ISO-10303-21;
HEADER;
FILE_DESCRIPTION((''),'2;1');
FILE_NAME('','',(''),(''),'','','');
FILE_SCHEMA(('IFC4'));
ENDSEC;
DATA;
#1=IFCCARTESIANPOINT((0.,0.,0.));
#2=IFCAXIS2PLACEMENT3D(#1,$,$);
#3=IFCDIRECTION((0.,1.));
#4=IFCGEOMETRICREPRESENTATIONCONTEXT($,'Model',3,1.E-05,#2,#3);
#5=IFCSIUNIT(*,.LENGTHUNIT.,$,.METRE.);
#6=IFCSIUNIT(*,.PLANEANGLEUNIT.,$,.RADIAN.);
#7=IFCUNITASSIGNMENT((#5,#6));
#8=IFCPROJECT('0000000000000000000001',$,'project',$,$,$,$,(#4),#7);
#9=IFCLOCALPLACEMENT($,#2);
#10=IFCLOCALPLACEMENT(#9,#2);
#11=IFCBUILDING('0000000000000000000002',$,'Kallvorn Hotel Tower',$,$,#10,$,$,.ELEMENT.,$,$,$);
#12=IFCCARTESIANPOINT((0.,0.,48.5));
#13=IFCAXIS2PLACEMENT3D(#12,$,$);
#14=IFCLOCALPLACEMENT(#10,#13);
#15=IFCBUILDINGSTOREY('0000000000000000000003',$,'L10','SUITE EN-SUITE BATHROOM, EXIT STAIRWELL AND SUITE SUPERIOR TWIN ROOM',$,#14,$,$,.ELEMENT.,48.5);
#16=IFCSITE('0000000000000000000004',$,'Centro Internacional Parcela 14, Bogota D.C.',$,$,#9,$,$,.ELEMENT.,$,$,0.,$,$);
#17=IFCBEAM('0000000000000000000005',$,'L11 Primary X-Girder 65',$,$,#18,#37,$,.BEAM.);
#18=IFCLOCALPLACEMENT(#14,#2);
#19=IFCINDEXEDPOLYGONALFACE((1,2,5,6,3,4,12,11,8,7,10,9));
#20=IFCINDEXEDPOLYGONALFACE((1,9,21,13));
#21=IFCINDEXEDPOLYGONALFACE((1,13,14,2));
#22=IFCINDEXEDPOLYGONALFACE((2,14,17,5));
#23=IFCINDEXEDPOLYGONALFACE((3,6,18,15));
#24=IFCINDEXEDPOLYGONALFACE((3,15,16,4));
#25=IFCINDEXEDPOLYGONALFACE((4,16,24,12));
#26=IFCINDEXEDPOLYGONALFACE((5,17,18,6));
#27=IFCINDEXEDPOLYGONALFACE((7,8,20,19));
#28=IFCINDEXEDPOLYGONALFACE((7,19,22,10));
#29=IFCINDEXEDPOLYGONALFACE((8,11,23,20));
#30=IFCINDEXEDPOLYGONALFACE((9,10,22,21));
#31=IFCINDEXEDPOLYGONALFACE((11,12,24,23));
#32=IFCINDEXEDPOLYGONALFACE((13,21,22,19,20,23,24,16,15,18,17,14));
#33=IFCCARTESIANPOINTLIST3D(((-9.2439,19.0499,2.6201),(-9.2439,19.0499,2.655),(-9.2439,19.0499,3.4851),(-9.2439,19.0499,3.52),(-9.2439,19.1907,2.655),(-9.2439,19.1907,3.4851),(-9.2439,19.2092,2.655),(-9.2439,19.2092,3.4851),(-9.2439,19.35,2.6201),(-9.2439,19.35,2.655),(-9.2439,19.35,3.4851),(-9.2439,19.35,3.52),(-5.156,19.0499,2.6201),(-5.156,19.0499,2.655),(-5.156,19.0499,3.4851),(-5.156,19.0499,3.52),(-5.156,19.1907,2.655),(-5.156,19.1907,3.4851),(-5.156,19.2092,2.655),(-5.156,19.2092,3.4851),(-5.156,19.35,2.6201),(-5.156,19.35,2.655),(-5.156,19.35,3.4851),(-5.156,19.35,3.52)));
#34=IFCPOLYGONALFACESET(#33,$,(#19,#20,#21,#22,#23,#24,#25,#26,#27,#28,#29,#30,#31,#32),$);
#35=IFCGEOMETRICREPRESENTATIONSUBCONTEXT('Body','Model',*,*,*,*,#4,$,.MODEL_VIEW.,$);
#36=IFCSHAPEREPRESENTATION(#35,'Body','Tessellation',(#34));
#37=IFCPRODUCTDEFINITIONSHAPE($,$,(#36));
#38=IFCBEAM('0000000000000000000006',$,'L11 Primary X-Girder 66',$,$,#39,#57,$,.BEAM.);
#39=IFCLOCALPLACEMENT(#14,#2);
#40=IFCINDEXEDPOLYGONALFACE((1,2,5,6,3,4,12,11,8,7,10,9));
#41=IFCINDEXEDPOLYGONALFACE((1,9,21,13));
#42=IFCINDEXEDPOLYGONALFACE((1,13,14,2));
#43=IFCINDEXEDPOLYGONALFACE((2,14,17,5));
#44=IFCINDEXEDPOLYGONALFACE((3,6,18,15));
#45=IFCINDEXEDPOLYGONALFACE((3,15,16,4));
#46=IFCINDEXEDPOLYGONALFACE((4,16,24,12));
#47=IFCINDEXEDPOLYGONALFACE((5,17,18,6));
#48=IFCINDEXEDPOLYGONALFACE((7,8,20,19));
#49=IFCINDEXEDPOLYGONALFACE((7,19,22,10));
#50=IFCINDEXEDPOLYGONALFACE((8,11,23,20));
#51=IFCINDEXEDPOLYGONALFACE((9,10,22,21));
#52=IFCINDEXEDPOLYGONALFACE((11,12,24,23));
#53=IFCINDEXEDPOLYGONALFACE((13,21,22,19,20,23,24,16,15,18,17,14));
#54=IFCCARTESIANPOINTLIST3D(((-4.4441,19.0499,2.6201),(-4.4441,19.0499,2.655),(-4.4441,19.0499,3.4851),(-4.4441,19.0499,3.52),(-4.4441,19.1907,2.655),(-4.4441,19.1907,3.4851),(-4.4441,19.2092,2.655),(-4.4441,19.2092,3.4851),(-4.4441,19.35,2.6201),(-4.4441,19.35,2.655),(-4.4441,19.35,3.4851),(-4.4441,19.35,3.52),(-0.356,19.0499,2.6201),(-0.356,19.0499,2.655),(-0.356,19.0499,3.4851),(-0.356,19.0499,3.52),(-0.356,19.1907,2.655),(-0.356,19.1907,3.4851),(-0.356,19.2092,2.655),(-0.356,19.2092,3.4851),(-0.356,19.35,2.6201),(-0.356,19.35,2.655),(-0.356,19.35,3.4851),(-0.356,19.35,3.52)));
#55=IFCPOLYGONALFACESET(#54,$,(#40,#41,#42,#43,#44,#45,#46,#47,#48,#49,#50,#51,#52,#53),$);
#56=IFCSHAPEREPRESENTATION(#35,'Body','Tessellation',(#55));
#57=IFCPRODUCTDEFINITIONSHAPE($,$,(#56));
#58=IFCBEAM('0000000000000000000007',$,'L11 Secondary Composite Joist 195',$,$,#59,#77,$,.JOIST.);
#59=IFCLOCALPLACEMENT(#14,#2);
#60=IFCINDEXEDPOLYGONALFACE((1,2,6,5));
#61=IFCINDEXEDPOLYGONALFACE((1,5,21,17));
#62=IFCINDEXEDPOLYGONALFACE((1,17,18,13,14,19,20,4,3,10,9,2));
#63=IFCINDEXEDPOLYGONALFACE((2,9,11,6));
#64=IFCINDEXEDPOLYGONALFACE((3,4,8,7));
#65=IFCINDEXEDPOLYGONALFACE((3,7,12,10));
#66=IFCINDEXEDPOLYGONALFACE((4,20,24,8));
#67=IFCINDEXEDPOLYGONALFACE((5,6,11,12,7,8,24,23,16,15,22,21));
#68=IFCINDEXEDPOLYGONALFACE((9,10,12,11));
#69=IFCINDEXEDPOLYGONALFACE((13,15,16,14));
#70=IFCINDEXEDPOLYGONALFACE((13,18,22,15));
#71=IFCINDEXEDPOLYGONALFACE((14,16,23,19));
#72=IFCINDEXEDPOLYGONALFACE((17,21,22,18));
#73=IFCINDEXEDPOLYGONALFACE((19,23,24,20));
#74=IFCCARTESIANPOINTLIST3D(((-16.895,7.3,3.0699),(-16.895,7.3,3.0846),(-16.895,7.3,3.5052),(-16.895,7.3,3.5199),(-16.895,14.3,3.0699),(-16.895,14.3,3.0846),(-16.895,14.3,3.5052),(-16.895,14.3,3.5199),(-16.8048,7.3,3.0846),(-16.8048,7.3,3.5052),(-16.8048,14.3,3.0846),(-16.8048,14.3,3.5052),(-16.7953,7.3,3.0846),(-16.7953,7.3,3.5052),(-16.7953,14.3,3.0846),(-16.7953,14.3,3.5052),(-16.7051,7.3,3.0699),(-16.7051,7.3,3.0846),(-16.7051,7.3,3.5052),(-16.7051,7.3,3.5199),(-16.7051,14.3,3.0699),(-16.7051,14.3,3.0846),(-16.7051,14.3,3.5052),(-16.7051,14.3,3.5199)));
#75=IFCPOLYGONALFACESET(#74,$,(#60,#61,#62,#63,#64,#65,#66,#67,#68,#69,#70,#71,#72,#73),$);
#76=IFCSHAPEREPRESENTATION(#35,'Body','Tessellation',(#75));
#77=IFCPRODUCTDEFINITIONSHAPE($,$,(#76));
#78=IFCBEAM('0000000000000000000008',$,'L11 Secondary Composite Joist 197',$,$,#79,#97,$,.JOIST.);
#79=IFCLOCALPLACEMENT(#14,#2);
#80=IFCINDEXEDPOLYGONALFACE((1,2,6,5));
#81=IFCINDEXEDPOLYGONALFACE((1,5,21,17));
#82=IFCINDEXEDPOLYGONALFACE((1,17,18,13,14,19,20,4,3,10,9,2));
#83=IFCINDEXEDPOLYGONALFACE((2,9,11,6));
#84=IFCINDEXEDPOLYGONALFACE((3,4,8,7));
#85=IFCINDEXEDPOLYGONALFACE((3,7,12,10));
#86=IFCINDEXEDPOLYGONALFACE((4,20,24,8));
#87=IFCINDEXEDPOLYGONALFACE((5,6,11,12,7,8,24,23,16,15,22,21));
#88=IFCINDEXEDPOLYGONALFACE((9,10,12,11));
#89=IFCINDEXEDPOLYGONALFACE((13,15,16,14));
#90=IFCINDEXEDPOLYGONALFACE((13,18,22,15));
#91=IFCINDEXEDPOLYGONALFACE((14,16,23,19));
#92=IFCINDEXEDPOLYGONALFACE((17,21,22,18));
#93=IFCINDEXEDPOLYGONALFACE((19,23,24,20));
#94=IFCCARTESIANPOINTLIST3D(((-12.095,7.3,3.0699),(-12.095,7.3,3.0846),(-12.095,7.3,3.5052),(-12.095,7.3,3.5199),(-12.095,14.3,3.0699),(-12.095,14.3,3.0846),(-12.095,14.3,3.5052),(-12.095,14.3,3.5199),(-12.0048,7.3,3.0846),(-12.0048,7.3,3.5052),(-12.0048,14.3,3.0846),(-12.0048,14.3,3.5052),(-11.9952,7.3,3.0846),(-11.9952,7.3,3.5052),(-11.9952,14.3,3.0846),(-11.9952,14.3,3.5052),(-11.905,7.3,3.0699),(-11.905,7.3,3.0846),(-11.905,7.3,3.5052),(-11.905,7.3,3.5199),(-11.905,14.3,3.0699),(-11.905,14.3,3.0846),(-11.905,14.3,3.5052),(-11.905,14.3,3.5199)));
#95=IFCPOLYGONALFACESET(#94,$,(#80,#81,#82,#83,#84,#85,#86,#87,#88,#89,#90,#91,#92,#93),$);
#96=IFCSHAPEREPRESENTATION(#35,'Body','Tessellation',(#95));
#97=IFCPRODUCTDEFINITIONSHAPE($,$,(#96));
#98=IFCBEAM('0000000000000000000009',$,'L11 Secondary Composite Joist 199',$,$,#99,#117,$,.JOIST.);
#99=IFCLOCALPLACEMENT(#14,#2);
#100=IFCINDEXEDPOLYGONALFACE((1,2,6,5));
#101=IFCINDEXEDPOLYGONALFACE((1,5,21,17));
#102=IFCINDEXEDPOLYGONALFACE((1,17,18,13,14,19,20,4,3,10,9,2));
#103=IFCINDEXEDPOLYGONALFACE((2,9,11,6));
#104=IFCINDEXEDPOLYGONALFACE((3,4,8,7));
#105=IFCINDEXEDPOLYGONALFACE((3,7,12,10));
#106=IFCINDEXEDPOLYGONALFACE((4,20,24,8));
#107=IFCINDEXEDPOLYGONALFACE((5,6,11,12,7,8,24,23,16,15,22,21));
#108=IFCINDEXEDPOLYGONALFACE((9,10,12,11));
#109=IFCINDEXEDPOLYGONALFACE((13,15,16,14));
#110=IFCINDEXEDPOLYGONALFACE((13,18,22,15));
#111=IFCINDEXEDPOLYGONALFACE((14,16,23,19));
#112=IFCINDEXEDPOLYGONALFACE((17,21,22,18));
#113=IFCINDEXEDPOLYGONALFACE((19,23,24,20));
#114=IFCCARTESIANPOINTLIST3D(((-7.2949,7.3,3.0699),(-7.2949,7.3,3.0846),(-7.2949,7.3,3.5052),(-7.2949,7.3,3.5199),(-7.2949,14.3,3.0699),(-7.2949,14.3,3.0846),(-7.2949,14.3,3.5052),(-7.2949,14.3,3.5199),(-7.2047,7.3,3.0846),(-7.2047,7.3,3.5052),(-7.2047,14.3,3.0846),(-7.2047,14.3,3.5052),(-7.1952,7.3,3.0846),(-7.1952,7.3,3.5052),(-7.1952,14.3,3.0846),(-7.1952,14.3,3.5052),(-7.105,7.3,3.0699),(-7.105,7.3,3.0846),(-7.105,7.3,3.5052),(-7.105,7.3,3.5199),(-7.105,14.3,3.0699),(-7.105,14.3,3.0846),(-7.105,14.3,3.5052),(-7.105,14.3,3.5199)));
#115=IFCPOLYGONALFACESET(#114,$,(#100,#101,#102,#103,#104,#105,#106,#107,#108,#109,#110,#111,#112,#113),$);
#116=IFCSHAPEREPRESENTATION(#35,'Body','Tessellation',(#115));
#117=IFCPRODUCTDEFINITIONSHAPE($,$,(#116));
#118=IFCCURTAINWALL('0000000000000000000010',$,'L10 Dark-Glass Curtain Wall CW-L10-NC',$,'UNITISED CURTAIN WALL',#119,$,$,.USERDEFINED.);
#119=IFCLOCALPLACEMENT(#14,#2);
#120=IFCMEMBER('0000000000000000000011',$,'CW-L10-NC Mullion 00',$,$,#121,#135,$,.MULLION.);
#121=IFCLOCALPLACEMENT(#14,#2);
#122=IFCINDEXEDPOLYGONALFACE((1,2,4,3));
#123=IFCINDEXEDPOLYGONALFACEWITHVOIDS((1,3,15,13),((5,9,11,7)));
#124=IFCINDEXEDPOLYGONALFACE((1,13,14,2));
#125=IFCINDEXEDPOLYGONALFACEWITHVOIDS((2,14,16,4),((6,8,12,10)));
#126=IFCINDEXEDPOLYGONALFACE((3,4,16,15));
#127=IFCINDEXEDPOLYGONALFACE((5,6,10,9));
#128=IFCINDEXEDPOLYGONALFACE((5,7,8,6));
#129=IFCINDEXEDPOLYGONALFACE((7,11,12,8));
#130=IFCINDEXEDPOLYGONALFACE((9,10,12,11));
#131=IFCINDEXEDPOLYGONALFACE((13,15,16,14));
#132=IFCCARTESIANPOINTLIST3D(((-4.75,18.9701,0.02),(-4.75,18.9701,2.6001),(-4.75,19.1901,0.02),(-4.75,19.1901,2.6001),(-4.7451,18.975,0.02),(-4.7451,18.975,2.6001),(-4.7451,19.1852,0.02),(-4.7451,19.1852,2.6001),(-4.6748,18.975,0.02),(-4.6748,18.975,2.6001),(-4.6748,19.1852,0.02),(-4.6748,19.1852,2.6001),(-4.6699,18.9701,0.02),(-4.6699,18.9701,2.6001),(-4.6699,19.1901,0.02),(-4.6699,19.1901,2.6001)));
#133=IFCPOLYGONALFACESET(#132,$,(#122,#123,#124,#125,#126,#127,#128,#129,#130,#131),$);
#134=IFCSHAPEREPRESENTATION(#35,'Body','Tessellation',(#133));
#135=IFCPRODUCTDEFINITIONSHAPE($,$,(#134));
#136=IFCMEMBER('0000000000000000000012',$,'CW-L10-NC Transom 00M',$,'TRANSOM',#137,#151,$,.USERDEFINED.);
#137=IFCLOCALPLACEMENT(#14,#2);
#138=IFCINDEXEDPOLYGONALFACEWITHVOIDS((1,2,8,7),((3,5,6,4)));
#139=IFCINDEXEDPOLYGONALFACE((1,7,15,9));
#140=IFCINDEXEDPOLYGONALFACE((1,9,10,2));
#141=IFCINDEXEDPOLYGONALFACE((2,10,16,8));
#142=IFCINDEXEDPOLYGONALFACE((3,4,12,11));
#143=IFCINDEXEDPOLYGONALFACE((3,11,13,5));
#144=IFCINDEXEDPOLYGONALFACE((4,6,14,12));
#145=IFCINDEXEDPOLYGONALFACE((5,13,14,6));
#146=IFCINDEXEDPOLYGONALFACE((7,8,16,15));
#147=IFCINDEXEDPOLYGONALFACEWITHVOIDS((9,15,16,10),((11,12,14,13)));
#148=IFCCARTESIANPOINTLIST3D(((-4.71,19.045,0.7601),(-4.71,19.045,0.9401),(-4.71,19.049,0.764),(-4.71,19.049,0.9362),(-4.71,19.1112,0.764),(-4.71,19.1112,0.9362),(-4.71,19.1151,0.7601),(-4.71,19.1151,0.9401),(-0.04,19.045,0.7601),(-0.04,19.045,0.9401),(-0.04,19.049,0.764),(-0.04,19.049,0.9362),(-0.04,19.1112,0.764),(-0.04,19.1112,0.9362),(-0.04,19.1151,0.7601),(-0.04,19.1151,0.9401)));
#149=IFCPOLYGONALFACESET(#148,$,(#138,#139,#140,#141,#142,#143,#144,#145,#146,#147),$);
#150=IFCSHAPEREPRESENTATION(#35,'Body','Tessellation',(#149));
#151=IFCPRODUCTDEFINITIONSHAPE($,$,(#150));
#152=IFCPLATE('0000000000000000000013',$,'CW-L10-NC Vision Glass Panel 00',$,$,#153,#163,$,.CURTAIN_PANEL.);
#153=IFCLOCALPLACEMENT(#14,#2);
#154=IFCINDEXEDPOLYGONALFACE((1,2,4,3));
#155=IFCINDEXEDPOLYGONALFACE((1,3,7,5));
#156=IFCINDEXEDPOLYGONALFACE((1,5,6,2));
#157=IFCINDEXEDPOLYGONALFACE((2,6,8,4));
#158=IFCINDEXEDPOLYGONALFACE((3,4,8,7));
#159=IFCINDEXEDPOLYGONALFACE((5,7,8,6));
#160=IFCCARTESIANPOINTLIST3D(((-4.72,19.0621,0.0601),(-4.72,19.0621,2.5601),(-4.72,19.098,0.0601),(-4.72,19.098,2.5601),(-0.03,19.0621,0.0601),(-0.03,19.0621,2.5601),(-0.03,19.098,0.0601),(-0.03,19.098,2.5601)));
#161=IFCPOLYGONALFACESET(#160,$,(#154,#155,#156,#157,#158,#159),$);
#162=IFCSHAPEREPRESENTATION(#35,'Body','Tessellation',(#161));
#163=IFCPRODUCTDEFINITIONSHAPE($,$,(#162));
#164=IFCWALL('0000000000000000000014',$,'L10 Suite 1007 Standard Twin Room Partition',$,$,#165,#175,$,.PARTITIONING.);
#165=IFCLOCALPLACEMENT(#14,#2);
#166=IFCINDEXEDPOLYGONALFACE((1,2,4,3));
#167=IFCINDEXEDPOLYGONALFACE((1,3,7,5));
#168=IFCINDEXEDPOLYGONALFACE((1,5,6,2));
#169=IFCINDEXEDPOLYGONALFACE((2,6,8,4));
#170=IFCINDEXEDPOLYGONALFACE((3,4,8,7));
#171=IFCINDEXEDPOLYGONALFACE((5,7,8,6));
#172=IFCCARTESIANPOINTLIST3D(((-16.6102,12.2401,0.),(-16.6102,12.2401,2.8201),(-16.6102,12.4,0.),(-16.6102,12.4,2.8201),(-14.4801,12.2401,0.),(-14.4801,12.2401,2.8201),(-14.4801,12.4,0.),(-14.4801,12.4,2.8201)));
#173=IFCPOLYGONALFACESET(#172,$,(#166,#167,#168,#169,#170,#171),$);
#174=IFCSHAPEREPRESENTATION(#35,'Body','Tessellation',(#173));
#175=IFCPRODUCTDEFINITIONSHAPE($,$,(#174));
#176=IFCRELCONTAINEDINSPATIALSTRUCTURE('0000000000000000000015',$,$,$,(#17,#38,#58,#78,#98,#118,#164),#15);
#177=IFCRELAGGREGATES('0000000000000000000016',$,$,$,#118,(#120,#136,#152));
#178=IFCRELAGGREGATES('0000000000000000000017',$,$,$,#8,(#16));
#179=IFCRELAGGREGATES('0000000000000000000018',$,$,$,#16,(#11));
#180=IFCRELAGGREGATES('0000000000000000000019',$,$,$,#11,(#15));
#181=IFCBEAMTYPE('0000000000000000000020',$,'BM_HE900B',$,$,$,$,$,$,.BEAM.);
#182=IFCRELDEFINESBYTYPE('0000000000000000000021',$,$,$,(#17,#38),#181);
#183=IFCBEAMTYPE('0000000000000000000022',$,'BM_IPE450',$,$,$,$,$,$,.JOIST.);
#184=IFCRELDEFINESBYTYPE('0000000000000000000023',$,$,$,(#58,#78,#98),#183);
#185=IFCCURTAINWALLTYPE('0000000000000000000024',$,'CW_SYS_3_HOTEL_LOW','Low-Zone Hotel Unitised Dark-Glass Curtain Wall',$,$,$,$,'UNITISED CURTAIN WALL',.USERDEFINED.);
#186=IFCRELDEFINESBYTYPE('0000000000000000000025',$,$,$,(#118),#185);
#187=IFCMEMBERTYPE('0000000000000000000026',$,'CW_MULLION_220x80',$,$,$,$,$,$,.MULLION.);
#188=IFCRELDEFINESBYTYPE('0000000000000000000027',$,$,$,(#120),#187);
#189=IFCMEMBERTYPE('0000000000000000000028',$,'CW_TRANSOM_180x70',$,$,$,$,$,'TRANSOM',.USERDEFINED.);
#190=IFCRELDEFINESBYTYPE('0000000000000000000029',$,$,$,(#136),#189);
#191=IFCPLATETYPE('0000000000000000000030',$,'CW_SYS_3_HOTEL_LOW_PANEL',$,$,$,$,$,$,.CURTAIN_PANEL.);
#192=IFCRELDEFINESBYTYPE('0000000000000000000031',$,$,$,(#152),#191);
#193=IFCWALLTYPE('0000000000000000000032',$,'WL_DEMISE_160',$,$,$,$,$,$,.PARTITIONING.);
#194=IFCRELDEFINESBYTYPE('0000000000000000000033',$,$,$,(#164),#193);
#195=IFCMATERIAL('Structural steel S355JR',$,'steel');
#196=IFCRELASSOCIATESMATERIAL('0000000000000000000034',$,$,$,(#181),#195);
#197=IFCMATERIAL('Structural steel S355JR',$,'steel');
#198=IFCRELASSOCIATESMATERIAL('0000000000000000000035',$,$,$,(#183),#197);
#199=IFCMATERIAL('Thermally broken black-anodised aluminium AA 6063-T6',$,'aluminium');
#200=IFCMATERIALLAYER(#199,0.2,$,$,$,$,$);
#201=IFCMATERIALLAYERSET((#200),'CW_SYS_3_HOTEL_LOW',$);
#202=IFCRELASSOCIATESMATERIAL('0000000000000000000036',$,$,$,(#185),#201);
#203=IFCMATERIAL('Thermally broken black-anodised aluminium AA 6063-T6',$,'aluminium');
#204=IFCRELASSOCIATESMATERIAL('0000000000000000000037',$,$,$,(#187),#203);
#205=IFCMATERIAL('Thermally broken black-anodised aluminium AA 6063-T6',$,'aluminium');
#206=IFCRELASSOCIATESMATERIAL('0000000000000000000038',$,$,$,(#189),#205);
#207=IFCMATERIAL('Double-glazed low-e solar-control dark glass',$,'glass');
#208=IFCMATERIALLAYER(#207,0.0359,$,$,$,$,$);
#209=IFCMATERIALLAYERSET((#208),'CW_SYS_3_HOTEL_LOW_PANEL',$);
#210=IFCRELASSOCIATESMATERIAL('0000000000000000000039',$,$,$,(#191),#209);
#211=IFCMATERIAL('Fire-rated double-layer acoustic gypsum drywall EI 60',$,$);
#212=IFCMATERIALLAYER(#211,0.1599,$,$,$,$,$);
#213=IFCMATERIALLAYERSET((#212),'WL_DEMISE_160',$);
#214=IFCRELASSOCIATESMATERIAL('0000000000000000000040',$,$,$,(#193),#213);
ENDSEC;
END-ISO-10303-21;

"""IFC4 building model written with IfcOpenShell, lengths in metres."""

from ifc_helpers import new_model, si_unit, direction, frame, frame_2d, origin, origin_2d, place, context, subcontext, project, spatial, rectangle, hollow_rectangle, i_section, extrude, material, layer, layer_set, material_profile, profile_set, type_object, element, aggregate, save


model = new_model("IFC4")

# Units and contexts
model_context = context("Model", 3, precision=1e-05, world=origin(), true_north=direction((0.0, 1.0)))
body_context = subcontext(model_context, "Body", "Model", "MODEL_VIEW")
ifc_project = project(units=[si_unit("LENGTHUNIT", "METRE"), si_unit("PLANEANGLEUNIT", "RADIAN")], contexts=[model_context])

# Site, building, storey
site_placement = place(None, origin())
site = spatial("IfcSite", under=ifc_project, at=site_placement, Name="Centro Internacional Parcela 14, Bogota D.C.", CompositionType="ELEMENT", RefElevation=0.0)
building_placement = place(site_placement, origin())
building = spatial("IfcBuilding", under=site, at=building_placement, Name="Kallvorn Hotel Tower", CompositionType="ELEMENT")
storey_placement = place(building_placement, frame((0.0, 0.0, 48.5)))
storey = spatial("IfcBuildingStorey", under=building, at=storey_placement, Name="L10", Description="SUITE EN-SUITE BATHROOM, EXIT STAIRWELL AND SUITE SUPERIOR TWIN ROOM", CompositionType="ELEMENT", Elevation=48.5)

# Beams
ifc_material_1 = material(Name="Structural steel S355JR", Category="steel")
ifc_material_profile_1 = material_profile(ifc_material_1, i_section(OverallWidth=0.3, OverallDepth=0.8999, WebThickness=0.0186, FlangeThickness=0.0349, at=origin_2d()), Name="HE 900 B")
ifc_profile_set_1 = profile_set([ifc_material_profile_1], Name="Structural steel S355JR")
beam_type_1 = type_object("IfcBeamType", Name="BM_HE900B", PredefinedType="BEAM", material=ifc_profile_set_1)
for number, where, z_axis, x_axis, name in (
    (1, (-9.2439, 19.2, 3.0701), (1.0, 0.0, 0.0), (0.0, 1.0, 0.0), "L11 Primary X-Girder 65"),
):
    element("IfcBeam", number, at=place(storey_placement, frame(where, z_axis=z_axis, x_axis=x_axis)), inside=storey, type_object=beam_type_1, Name=name, PredefinedType="BEAM", context=body_context, shape_type="SweptSolid", body=[
        extrude(i_section(OverallWidth=0.3, OverallDepth=0.8999, WebThickness=0.0186, FlangeThickness=0.0349, at=origin_2d()), origin(), (0.0, 0.0, 1.0), 4.0879),
    ])
beam_1_placement = place(storey_placement, frame((-4.4441, 19.2, 3.0701), z_axis=(1.0, 0.0, 0.0), x_axis=(0.0, 1.0, 0.0)))
element("IfcBeam", 2, at=beam_1_placement, inside=storey, type_object=beam_type_1, Name="L11 Primary X-Girder 66", PredefinedType="BEAM", context=body_context, shape_type="SweptSolid", body=[
    extrude(i_section(OverallWidth=0.3, OverallDepth=0.8999, WebThickness=0.0186, FlangeThickness=0.0349, at=origin_2d()), origin(), (0.0, 0.0, 1.0), 4.0881),
])
ifc_material_2 = material(Name="Structural steel S355JR", Category="steel")
ifc_material_profile_2 = material_profile(ifc_material_2, i_section(OverallWidth=0.1899, OverallDepth=0.45, WebThickness=0.0095, FlangeThickness=0.0146, at=origin_2d()), Name="IPE 450")
ifc_profile_set_2 = profile_set([ifc_material_profile_2], Name="Structural steel S355JR")
beam_type_2 = type_object("IfcBeamType", Name="BM_IPE450", PredefinedType="JOIST", material=ifc_profile_set_2)
for number, where, z_axis, x_axis, name in (
    (3, (-16.8, 7.3, 3.2949), (0.0, 1.0, 0.0), (-1.0, 0.0, 0.0), "L11 Secondary Composite Joist 195"),
    (4, (-12.0, 7.3, 3.2949), (0.0, 1.0, 0.0), (-1.0, 0.0, 0.0), "L11 Secondary Composite Joist 197"),
    (5, (-7.2, 7.3, 3.2949), (0.0, 1.0, 0.0), (-1.0, 0.0, 0.0), "L11 Secondary Composite Joist 199"),
):
    element("IfcBeam", number, at=place(storey_placement, frame(where, z_axis=z_axis, x_axis=x_axis)), inside=storey, type_object=beam_type_2, Name=name, PredefinedType="JOIST", context=body_context, shape_type="SweptSolid", body=[
        extrude(i_section(OverallWidth=0.1899, OverallDepth=0.45, WebThickness=0.0095, FlangeThickness=0.0146, at=origin_2d()), origin(), (0.0, 0.0, 1.0), 7.0),
    ])

# Curtain wall, members, plate
ifc_material_3 = material(Name="Thermally broken black-anodised aluminium AA 6063-T6", Category="aluminium")
ifc_layer_1 = layer(ifc_material_3, 0.2)
ifc_layer_set_1 = layer_set([ifc_layer_1], Name="CW_SYS_3_HOTEL_LOW")
curtain_wall_type = type_object("IfcCurtainWallType", Name="CW_SYS_3_HOTEL_LOW", Description="Low-Zone Hotel Unitised Dark-Glass Curtain Wall", ElementType="UNITISED CURTAIN WALL", PredefinedType="USERDEFINED", material=ifc_layer_set_1)
curtain_wall_placement = place(storey_placement, origin())
curtain_wall = element("IfcCurtainWall", 6, at=curtain_wall_placement, inside=storey, type_object=curtain_wall_type, Name="L10 Dark-Glass Curtain Wall CW-L10-NC", ObjectType="UNITISED CURTAIN WALL", PredefinedType="USERDEFINED")
ifc_material_4 = material(Name="Thermally broken black-anodised aluminium AA 6063-T6", Category="aluminium")
ifc_material_profile_3 = material_profile(ifc_material_4, hollow_rectangle(XDim=0.0801, YDim=0.22, WallThickness=0.0049, at=origin_2d()), Name="MUL 220x80")
ifc_profile_set_3 = profile_set([ifc_material_profile_3], Name="Thermally broken black-anodised aluminium AA 6063-T6")
member_type_1 = type_object("IfcMemberType", Name="CW_MULLION_220x80", PredefinedType="MULLION", material=ifc_profile_set_3)
member_1_placement = place(storey_placement, frame((-4.71, 19.0801, 0.02), z_axis=(0.0, 0.0, 1.0), x_axis=(1.0, 0.0, 0.0)))
member_1 = element("IfcMember", 7, at=member_1_placement, type_object=member_type_1, Name="CW-L10-NC Mullion 00", PredefinedType="MULLION", context=body_context, shape_type="SweptSolid", body=[
    extrude(hollow_rectangle(XDim=0.0801, YDim=0.22, WallThickness=0.0049, at=origin_2d()), origin(), (0.0, 0.0, 1.0), 2.5801),
])
ifc_material_5 = material(Name="Thermally broken black-anodised aluminium AA 6063-T6", Category="aluminium")
ifc_material_profile_4 = material_profile(ifc_material_5, hollow_rectangle(XDim=0.0701, YDim=0.1799, WallThickness=0.0039, at=origin_2d()), Name="TRN 180x70")
ifc_profile_set_4 = profile_set([ifc_material_profile_4], Name="Thermally broken black-anodised aluminium AA 6063-T6")
member_type_2 = type_object("IfcMemberType", Name="CW_TRANSOM_180x70", ElementType="TRANSOM", PredefinedType="USERDEFINED", material=ifc_profile_set_4)
member_2_placement = place(storey_placement, frame((-4.71, 19.0801, 0.8501), z_axis=(1.0, 0.0, 0.0), x_axis=(0.0, 1.0, 0.0)))
member_2 = element("IfcMember", 8, at=member_2_placement, type_object=member_type_2, Name="CW-L10-NC Transom 00M", ObjectType="TRANSOM", PredefinedType="USERDEFINED", context=body_context, shape_type="SweptSolid", body=[
    extrude(hollow_rectangle(XDim=0.0701, YDim=0.1799, WallThickness=0.0039, at=origin_2d()), origin(), (0.0, 0.0, 1.0), 4.6699),
])
ifc_material_6 = material(Name="Double-glazed low-e solar-control dark glass", Category="glass")
ifc_layer_2 = layer(ifc_material_6, 0.0359)
ifc_layer_set_2 = layer_set([ifc_layer_2], Name="CW_SYS_3_HOTEL_LOW_PANEL")
plate_type = type_object("IfcPlateType", Name="CW_SYS_3_HOTEL_LOW_PANEL", PredefinedType="CURTAIN_PANEL", material=ifc_layer_set_2)
plate_placement = place(storey_placement, frame((-2.375, 19.0801, 0.0601), z_axis=(0.0, 0.0, 1.0), x_axis=(1.0, 0.0, 0.0)))
plate = element("IfcPlate", 9, at=plate_placement, type_object=plate_type, Name="CW-L10-NC Vision Glass Panel 00", PredefinedType="CURTAIN_PANEL", context=body_context, shape_type="SweptSolid", body=[
    extrude(rectangle(XDim=4.6899, YDim=0.0359, at=origin_2d()), origin(), (0.0, 0.0, 1.0), 2.5),
])
aggregate(curtain_wall, [member_1, member_2, plate])

# Wall
ifc_material_7 = material(Name="Fire-rated double-layer acoustic gypsum drywall EI 60")
ifc_layer_3 = layer(ifc_material_7, 0.1599)
ifc_layer_set_3 = layer_set([ifc_layer_3], Name="WL_DEMISE_160")
wall_type = type_object("IfcWallType", Name="WL_DEMISE_160", PredefinedType="PARTITIONING", material=ifc_layer_set_3)
wall_1_placement = place(storey_placement, frame((-16.6101, 12.3201, 0.0), z_axis=(0.0, 0.0, 1.0), x_axis=(1.0, 0.0, 0.0)))
element("IfcWall", 10, at=wall_1_placement, inside=storey, type_object=wall_type, Name="L10 Suite 1007 Standard Twin Room Partition", PredefinedType="PARTITIONING", context=body_context, shape_type="SweptSolid", body=[
    extrude(rectangle(XDim=2.1301, YDim=0.1599, at=frame_2d((1.0649, 0.0))), origin(), (0.0, 0.0, 1.0), 2.8201),
])

save(model, "model.ifc")
